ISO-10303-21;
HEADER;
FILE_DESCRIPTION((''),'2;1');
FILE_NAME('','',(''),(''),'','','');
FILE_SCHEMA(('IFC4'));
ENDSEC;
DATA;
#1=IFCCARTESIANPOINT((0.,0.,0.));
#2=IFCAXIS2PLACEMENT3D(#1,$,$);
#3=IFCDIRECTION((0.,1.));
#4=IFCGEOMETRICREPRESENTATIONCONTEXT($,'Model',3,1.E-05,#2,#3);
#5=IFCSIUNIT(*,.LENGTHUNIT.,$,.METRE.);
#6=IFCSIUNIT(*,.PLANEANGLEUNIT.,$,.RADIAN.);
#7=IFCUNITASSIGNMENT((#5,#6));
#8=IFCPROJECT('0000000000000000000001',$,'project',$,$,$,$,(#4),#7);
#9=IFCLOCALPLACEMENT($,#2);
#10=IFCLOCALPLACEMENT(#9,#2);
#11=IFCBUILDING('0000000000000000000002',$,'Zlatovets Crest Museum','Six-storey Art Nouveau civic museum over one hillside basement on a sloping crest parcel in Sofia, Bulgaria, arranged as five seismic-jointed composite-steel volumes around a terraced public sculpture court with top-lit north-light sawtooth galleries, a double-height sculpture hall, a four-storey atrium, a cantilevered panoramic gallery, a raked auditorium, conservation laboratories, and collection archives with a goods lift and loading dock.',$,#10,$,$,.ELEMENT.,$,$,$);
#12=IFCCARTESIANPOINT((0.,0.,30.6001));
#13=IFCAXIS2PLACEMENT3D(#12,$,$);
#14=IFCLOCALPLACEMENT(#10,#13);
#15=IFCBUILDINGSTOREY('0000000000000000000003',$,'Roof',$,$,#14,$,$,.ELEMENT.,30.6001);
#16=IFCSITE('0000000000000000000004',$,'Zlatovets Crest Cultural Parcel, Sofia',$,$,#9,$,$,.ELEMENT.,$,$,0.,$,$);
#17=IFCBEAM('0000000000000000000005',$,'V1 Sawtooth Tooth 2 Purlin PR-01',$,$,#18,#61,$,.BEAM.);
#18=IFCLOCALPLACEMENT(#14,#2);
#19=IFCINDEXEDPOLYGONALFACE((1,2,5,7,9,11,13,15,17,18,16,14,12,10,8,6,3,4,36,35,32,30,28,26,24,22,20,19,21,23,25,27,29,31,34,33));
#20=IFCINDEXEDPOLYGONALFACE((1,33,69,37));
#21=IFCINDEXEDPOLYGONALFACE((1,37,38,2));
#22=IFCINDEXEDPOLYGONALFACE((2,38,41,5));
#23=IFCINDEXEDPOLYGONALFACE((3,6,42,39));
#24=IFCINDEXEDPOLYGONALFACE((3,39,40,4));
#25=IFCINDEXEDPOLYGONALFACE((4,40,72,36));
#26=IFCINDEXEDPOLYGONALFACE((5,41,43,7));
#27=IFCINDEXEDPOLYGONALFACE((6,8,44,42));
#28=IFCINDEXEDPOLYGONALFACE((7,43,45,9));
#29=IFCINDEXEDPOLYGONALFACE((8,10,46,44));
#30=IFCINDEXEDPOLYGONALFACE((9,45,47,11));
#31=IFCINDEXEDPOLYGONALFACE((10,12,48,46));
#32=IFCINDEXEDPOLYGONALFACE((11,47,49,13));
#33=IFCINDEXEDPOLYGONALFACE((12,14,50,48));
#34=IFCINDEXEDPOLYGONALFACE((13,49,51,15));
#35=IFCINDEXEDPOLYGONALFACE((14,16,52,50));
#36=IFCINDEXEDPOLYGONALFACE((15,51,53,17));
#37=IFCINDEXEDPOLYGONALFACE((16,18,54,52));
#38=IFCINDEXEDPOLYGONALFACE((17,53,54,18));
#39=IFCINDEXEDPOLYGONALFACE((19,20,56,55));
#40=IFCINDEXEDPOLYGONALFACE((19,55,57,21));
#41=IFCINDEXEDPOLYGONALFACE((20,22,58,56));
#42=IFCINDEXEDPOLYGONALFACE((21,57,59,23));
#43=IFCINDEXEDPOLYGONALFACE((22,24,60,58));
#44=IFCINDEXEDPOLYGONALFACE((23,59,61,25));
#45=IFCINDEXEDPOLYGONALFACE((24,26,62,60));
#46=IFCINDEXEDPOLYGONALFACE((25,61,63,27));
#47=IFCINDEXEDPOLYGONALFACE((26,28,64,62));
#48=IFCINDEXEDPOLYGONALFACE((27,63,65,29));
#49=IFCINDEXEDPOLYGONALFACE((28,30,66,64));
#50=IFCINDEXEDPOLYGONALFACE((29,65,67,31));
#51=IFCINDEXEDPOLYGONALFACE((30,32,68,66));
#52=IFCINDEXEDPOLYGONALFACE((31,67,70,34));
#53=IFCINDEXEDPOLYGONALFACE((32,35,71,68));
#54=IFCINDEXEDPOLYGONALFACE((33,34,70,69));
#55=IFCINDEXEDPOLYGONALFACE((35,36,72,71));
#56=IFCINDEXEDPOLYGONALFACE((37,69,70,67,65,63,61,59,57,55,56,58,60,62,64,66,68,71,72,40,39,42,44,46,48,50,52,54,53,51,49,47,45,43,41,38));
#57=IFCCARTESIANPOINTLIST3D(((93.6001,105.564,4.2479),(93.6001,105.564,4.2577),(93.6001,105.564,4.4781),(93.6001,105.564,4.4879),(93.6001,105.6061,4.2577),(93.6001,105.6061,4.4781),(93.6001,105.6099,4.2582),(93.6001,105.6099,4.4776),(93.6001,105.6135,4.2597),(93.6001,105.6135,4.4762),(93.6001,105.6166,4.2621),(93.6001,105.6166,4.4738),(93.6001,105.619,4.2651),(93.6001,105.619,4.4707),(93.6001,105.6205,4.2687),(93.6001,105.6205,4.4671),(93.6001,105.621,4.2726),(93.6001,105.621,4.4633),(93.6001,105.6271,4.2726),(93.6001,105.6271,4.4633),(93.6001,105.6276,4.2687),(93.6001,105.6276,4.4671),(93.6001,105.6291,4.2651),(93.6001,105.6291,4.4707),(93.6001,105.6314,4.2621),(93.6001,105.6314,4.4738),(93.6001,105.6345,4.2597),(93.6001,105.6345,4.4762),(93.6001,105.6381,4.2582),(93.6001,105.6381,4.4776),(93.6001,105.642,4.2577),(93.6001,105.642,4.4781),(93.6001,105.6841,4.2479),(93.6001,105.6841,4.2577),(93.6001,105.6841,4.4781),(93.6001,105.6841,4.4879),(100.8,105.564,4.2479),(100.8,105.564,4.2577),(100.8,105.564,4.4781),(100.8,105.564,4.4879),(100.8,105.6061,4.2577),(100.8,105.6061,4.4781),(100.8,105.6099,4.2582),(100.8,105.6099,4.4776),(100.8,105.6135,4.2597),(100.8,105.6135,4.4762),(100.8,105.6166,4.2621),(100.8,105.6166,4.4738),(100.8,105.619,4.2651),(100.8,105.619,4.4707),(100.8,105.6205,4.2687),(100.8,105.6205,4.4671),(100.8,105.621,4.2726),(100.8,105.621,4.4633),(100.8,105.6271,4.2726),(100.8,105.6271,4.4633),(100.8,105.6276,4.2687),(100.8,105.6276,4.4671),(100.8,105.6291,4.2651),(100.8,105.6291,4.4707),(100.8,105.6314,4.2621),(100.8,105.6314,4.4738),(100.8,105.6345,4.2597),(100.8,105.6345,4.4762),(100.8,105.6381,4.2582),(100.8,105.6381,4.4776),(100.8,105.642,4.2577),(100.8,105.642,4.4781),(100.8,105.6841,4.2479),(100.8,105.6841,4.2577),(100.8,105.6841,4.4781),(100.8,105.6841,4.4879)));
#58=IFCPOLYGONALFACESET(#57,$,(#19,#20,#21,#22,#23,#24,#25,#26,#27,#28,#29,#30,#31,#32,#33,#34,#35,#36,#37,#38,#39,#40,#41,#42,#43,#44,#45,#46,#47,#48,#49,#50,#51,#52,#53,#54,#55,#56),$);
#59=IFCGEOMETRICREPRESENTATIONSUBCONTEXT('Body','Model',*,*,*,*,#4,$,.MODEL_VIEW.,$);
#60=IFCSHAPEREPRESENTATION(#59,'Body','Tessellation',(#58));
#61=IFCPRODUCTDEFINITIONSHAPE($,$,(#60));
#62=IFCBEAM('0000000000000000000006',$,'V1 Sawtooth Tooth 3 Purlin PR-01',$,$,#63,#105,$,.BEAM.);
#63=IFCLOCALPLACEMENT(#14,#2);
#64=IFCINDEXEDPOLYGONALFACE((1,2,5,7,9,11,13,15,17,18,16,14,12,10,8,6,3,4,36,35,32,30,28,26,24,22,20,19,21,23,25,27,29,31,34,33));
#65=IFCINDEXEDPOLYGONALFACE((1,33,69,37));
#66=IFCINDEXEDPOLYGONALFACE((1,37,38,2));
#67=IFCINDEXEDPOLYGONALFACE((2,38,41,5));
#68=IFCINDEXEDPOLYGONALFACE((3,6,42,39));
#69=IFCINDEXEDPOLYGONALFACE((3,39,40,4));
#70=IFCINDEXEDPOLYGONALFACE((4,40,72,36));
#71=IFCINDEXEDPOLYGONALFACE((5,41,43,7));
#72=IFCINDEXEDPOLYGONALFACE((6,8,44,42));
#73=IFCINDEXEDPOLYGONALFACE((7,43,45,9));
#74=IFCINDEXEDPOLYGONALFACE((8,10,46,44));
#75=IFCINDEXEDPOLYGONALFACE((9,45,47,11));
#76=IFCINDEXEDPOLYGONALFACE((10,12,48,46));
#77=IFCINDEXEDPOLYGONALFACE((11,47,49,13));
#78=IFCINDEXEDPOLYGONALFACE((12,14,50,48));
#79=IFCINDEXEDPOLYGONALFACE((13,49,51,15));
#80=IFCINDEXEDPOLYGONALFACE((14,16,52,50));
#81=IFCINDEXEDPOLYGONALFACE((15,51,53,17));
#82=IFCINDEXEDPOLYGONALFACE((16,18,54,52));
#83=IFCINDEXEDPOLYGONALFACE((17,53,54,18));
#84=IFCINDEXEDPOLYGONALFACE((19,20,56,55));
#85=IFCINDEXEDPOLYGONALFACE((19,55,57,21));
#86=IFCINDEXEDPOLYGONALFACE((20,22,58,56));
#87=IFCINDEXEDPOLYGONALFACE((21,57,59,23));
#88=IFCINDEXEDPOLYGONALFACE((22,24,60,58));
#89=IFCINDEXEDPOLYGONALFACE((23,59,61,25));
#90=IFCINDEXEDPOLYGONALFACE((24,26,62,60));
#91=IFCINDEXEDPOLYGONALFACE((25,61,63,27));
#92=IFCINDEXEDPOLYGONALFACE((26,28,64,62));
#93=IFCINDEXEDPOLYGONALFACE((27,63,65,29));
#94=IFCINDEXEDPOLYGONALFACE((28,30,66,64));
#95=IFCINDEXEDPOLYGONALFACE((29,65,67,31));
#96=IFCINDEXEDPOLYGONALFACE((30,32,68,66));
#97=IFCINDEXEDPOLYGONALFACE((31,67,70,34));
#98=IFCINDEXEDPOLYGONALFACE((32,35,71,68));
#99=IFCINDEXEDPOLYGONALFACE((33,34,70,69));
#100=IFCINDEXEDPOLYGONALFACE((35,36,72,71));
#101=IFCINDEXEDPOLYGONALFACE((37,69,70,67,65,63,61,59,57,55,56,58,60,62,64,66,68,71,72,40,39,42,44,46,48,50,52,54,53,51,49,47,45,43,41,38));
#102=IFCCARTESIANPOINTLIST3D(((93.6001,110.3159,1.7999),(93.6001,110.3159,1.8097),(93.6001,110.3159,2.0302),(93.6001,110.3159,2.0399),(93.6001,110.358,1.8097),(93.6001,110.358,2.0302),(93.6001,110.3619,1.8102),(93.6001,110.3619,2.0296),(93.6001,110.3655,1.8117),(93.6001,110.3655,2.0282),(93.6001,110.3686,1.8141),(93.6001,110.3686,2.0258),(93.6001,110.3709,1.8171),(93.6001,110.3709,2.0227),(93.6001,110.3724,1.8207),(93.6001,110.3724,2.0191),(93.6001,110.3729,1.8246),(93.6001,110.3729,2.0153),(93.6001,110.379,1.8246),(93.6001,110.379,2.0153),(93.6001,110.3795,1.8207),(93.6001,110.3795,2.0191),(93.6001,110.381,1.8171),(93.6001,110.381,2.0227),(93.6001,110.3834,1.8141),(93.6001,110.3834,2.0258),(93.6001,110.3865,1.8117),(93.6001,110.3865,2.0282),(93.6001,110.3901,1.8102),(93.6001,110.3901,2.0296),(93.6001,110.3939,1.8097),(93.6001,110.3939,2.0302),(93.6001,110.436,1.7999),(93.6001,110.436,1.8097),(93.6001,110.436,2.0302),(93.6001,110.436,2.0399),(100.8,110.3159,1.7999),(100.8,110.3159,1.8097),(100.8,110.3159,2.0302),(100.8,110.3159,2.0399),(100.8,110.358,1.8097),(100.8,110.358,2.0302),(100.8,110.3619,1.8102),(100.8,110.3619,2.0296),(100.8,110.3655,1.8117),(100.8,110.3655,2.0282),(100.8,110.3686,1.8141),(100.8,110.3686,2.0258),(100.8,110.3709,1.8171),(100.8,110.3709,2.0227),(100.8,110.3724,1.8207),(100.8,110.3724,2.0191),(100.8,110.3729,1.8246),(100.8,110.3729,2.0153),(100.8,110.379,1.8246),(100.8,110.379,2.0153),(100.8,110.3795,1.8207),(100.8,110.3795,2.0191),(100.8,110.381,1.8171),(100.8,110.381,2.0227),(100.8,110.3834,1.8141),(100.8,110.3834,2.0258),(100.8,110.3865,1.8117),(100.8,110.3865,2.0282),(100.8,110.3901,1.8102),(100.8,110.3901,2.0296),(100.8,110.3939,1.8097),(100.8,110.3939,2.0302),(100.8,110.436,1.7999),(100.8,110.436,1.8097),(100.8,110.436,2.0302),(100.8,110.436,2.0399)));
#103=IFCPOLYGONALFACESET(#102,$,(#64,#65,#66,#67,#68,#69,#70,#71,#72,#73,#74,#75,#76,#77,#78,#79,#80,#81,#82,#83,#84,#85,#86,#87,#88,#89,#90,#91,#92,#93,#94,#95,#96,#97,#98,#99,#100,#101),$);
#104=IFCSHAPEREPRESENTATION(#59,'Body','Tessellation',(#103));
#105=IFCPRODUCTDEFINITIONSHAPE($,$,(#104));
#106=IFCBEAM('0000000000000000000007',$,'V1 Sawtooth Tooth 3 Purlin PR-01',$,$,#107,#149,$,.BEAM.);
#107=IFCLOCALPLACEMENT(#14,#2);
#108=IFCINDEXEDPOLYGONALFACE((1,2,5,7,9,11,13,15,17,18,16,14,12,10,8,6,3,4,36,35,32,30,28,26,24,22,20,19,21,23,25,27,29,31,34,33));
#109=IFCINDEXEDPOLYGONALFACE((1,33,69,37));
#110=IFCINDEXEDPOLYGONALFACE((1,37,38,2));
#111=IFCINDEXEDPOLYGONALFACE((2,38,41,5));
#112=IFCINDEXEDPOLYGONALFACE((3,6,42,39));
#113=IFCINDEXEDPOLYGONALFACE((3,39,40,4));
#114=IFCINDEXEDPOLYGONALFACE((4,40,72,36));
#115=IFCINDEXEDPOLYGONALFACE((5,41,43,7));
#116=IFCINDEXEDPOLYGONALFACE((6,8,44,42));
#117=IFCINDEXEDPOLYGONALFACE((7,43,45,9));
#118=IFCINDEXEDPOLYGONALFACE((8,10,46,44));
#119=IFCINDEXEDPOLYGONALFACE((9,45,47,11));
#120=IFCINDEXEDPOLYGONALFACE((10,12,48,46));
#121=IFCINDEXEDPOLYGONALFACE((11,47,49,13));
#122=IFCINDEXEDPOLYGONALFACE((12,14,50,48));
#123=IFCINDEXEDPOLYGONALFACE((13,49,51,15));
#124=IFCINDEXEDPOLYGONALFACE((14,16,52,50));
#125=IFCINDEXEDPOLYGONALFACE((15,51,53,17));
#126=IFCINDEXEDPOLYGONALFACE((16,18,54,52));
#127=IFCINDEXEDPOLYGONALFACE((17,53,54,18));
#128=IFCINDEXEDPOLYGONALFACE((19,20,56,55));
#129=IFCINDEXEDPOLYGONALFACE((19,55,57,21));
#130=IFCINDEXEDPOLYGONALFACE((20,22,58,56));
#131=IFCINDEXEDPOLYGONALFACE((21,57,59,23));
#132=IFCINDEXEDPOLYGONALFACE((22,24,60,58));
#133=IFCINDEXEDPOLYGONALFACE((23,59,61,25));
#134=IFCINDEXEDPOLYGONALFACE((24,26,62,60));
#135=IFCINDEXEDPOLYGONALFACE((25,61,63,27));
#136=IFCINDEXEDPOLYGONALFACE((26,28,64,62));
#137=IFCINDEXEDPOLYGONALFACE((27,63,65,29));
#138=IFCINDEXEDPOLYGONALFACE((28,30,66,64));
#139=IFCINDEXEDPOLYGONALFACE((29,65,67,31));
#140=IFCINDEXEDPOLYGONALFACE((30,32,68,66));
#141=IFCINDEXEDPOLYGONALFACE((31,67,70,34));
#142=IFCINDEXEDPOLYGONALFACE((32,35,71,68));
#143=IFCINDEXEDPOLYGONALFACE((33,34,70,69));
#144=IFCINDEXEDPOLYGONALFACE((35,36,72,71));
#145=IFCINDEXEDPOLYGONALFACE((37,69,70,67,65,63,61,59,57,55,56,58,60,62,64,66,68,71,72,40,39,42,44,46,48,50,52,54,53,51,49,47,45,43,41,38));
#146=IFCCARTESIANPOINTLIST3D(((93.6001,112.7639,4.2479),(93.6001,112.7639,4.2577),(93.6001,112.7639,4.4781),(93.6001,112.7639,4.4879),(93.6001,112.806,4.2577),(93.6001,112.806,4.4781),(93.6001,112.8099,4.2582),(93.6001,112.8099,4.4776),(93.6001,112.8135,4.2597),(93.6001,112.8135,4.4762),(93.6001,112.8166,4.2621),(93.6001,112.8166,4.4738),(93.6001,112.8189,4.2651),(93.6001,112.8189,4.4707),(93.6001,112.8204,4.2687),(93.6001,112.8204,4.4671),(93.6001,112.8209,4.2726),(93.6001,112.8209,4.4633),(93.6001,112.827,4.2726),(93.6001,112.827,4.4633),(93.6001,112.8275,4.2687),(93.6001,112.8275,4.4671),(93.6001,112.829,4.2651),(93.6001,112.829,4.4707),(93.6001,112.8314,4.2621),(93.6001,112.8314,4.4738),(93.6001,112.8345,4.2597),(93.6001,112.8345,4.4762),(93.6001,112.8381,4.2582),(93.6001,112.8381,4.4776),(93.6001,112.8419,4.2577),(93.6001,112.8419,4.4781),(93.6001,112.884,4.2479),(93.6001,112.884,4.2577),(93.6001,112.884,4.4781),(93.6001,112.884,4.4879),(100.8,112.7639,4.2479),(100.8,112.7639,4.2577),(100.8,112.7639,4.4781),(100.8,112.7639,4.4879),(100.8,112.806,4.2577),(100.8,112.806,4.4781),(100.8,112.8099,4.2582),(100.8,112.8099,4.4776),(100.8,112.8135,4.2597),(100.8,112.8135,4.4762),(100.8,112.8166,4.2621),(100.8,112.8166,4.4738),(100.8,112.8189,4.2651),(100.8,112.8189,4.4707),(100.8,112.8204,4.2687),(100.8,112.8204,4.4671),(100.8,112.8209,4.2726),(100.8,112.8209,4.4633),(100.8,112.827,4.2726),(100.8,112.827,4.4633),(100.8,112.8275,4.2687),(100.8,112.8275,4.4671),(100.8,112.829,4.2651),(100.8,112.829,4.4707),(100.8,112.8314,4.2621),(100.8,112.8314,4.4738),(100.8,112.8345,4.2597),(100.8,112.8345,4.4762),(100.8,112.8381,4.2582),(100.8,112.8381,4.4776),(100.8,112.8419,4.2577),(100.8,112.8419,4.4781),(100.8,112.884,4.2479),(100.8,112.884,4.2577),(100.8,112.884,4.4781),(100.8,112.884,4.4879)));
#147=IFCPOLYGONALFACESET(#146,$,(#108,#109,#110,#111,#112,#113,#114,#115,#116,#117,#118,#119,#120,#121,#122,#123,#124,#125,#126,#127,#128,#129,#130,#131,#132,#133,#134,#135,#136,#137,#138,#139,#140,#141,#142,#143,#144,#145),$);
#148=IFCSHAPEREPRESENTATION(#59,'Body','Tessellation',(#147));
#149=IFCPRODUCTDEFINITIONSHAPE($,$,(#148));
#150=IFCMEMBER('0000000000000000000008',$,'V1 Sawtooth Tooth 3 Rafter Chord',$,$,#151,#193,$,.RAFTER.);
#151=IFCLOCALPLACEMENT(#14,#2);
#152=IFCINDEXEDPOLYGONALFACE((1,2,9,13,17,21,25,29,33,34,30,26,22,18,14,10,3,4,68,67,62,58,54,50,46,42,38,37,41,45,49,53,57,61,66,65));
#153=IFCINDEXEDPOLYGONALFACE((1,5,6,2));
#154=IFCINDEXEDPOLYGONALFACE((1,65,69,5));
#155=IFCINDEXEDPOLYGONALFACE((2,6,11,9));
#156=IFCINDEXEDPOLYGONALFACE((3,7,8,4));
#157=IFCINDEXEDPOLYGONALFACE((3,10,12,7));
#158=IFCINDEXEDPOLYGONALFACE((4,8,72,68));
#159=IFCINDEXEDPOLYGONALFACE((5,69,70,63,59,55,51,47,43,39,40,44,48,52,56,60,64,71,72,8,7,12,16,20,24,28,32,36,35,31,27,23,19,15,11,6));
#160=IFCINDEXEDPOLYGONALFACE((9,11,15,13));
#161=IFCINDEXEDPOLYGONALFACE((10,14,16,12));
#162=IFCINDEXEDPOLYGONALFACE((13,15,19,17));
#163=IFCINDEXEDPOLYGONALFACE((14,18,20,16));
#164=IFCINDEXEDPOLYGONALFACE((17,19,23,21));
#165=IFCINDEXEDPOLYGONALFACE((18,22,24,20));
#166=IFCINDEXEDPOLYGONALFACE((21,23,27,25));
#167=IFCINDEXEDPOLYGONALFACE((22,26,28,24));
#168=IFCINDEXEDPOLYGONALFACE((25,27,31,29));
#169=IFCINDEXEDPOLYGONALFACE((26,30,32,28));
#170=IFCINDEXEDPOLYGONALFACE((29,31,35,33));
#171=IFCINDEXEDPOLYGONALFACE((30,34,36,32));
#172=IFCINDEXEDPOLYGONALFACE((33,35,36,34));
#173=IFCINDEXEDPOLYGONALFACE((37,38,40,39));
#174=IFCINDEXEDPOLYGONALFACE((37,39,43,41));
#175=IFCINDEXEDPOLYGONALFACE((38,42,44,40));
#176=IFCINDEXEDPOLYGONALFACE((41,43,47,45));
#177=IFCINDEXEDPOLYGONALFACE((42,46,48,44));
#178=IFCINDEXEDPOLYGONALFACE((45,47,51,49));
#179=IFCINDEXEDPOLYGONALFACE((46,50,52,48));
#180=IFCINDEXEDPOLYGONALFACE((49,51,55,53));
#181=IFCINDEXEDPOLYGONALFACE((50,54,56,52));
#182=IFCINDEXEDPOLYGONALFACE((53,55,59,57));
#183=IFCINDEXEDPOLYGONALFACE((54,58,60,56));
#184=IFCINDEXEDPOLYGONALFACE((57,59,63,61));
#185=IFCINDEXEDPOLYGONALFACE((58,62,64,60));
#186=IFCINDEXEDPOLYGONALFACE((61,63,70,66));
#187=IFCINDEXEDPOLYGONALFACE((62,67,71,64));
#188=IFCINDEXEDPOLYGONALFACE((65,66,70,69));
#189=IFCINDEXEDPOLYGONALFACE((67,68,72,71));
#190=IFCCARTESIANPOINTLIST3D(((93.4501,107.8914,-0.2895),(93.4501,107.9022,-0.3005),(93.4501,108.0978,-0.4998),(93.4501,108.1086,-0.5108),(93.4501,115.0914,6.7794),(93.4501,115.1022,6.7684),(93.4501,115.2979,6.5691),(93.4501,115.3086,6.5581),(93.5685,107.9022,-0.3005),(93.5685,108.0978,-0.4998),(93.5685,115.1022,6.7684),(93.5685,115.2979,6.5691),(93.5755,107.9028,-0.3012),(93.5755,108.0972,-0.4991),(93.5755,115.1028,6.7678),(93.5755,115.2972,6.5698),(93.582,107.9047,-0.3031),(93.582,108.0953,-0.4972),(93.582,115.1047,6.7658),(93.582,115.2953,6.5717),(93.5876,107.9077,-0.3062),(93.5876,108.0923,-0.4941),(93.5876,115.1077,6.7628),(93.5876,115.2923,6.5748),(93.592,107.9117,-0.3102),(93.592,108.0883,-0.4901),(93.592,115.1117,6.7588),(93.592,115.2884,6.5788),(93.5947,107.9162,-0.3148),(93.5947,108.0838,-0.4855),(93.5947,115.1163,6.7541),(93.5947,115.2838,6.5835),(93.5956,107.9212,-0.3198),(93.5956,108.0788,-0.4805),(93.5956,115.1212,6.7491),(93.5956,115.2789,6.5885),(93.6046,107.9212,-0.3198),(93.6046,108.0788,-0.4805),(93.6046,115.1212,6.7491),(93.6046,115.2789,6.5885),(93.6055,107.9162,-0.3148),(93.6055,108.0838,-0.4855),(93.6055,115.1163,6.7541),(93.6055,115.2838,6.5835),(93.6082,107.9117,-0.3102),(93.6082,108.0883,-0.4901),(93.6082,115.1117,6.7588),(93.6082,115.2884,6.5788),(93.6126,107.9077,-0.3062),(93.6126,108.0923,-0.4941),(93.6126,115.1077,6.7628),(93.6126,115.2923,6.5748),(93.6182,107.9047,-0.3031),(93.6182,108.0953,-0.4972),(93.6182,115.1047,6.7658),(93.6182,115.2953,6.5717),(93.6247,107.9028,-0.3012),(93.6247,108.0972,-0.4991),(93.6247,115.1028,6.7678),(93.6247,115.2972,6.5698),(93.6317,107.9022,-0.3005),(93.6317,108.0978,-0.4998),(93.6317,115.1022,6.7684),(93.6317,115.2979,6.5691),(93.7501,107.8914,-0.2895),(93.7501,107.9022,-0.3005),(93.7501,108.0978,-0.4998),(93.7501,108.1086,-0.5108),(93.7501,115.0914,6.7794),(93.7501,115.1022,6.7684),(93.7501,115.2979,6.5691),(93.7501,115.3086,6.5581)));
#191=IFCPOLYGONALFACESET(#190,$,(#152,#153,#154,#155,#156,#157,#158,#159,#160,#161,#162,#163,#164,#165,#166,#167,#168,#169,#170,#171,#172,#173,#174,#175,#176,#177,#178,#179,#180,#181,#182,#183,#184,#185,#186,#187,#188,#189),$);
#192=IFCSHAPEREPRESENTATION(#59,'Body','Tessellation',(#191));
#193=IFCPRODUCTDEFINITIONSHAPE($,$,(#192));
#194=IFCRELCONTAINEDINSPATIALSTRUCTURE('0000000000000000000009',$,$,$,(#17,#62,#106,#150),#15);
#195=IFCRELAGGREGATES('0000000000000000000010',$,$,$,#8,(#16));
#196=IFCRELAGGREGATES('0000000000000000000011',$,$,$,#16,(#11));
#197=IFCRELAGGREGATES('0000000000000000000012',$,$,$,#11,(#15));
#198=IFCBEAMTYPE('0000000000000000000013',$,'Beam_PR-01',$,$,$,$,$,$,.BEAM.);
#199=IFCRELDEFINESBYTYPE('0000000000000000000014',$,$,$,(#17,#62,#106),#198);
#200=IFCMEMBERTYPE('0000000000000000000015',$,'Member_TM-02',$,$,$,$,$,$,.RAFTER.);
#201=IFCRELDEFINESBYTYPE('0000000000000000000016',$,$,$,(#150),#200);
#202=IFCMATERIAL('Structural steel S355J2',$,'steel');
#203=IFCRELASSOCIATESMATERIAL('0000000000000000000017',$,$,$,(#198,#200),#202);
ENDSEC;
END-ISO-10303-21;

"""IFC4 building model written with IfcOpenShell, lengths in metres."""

from ifc_helpers import new_model, si_unit, direction, frame, origin, origin_2d, place, context, subcontext, project, spatial, i_section, extrude, material, material_profile, profile_set, type_object, element, save


model = new_model("IFC4")

# Units and contexts
model_context = context("Model", 3, precision=1e-05, world=origin(), true_north=direction((0.0, 1.0)))
body_context = subcontext(model_context, "Body", "Model", "MODEL_VIEW")
ifc_project = project(units=[si_unit("LENGTHUNIT", "METRE"), si_unit("PLANEANGLEUNIT", "RADIAN")], contexts=[model_context])

# Site, building, storey
site_placement = place(None, origin())
site = spatial("IfcSite", under=ifc_project, at=site_placement, Name="Zlatovets Crest Cultural Parcel, Sofia", CompositionType="ELEMENT", RefElevation=0.0)
building_placement = place(site_placement, origin())
building = spatial("IfcBuilding", under=site, at=building_placement, Name="Zlatovets Crest Museum", Description="Six-storey Art Nouveau civic museum over one hillside basement on a sloping crest parcel in Sofia, Bulgaria, arranged as five seismic-jointed composite-steel volumes around a terraced public sculpture court with top-lit north-light sawtooth galleries, a double-height sculpture hall, a four-storey atrium, a cantilevered panoramic gallery, a raked auditorium, conservation laboratories, and collection archives with a goods lift and loading dock.", CompositionType="ELEMENT")
storey_placement = place(building_placement, frame((0.0, 0.0, 30.6001)))
storey = spatial("IfcBuildingStorey", under=building, at=storey_placement, Name="Roof", CompositionType="ELEMENT", Elevation=30.6001)

# Beams
ifc_material_1 = material(Name="Structural steel S355J2", Category="steel")
ifc_material_profile_1 = material_profile(ifc_material_1, i_section(OverallWidth=0.1201, OverallDepth=0.24, WebThickness=0.0061, FlangeThickness=0.0098, FilletRadius=0.0149, at=origin_2d()), Name="IPE 240")
ifc_profile_set_1 = profile_set([ifc_material_profile_1], Name="Structural steel S355J2")
beam_type_1 = type_object("IfcBeamType", Name="Beam_PR-01", PredefinedType="BEAM", material=ifc_profile_set_1)
for number, where, z_axis, x_axis, name in (
    (1, (93.6001, 105.624, 4.3679), (1.0, 0.0, 0.0), (0.0, 1.0, 0.0), "V1 Sawtooth Tooth 2 Purlin PR-01"),
    (2, (93.6001, 110.376, 1.9199), (1.0, 0.0, 0.0), (0.0, 1.0, 0.0), "V1 Sawtooth Tooth 3 Purlin PR-01"),
    (3, (93.6001, 112.824, 4.3679), (1.0, 0.0, 0.0), (0.0, 1.0, 0.0), "V1 Sawtooth Tooth 3 Purlin PR-01"),
):
    element("IfcBeam", number, at=place(storey_placement, frame(where, z_axis=z_axis, x_axis=x_axis)), inside=storey, type_object=beam_type_1, Name=name, PredefinedType="BEAM", context=body_context, shape_type="SweptSolid", body=[
        extrude(i_section(OverallWidth=0.1201, OverallDepth=0.24, WebThickness=0.0061, FlangeThickness=0.0098, FilletRadius=0.0149, at=origin_2d()), origin(), (0.0, 0.0, 1.0), 7.2),
    ])

# Member
ifc_material_profile_2 = material_profile(ifc_material_1, i_section(OverallWidth=0.3, OverallDepth=0.3101, WebThickness=0.009, FlangeThickness=0.0154, FilletRadius=0.0271, at=origin_2d()), Name="HEA 320")
ifc_profile_set_2 = profile_set([ifc_material_profile_2], Name="Structural steel S355J2")
member_type_1 = type_object("IfcMemberType", Name="Member_TM-02", PredefinedType="RAFTER", material=ifc_profile_set_2)
for number, where, z_axis, x_axis, name in (
    (4, (93.6001, 108.0, -0.4001), (0.0, 0.713574, 0.70058), (-1.0, 0.0, 0.0), "V1 Sawtooth Tooth 3 Rafter Chord"),
):
    element("IfcMember", number, at=place(storey_placement, frame(where, z_axis=z_axis, x_axis=x_axis)), inside=storey, type_object=member_type_1, Name=name, PredefinedType="RAFTER", context=body_context, shape_type="SweptSolid", body=[
        extrude(i_section(OverallWidth=0.3, OverallDepth=0.3101, WebThickness=0.009, FlangeThickness=0.0154, FilletRadius=0.0271, at=origin_2d()), origin(), (0.0, 0.0, 1.0), 10.0901),
    ])

save(model, "model.ifc")
